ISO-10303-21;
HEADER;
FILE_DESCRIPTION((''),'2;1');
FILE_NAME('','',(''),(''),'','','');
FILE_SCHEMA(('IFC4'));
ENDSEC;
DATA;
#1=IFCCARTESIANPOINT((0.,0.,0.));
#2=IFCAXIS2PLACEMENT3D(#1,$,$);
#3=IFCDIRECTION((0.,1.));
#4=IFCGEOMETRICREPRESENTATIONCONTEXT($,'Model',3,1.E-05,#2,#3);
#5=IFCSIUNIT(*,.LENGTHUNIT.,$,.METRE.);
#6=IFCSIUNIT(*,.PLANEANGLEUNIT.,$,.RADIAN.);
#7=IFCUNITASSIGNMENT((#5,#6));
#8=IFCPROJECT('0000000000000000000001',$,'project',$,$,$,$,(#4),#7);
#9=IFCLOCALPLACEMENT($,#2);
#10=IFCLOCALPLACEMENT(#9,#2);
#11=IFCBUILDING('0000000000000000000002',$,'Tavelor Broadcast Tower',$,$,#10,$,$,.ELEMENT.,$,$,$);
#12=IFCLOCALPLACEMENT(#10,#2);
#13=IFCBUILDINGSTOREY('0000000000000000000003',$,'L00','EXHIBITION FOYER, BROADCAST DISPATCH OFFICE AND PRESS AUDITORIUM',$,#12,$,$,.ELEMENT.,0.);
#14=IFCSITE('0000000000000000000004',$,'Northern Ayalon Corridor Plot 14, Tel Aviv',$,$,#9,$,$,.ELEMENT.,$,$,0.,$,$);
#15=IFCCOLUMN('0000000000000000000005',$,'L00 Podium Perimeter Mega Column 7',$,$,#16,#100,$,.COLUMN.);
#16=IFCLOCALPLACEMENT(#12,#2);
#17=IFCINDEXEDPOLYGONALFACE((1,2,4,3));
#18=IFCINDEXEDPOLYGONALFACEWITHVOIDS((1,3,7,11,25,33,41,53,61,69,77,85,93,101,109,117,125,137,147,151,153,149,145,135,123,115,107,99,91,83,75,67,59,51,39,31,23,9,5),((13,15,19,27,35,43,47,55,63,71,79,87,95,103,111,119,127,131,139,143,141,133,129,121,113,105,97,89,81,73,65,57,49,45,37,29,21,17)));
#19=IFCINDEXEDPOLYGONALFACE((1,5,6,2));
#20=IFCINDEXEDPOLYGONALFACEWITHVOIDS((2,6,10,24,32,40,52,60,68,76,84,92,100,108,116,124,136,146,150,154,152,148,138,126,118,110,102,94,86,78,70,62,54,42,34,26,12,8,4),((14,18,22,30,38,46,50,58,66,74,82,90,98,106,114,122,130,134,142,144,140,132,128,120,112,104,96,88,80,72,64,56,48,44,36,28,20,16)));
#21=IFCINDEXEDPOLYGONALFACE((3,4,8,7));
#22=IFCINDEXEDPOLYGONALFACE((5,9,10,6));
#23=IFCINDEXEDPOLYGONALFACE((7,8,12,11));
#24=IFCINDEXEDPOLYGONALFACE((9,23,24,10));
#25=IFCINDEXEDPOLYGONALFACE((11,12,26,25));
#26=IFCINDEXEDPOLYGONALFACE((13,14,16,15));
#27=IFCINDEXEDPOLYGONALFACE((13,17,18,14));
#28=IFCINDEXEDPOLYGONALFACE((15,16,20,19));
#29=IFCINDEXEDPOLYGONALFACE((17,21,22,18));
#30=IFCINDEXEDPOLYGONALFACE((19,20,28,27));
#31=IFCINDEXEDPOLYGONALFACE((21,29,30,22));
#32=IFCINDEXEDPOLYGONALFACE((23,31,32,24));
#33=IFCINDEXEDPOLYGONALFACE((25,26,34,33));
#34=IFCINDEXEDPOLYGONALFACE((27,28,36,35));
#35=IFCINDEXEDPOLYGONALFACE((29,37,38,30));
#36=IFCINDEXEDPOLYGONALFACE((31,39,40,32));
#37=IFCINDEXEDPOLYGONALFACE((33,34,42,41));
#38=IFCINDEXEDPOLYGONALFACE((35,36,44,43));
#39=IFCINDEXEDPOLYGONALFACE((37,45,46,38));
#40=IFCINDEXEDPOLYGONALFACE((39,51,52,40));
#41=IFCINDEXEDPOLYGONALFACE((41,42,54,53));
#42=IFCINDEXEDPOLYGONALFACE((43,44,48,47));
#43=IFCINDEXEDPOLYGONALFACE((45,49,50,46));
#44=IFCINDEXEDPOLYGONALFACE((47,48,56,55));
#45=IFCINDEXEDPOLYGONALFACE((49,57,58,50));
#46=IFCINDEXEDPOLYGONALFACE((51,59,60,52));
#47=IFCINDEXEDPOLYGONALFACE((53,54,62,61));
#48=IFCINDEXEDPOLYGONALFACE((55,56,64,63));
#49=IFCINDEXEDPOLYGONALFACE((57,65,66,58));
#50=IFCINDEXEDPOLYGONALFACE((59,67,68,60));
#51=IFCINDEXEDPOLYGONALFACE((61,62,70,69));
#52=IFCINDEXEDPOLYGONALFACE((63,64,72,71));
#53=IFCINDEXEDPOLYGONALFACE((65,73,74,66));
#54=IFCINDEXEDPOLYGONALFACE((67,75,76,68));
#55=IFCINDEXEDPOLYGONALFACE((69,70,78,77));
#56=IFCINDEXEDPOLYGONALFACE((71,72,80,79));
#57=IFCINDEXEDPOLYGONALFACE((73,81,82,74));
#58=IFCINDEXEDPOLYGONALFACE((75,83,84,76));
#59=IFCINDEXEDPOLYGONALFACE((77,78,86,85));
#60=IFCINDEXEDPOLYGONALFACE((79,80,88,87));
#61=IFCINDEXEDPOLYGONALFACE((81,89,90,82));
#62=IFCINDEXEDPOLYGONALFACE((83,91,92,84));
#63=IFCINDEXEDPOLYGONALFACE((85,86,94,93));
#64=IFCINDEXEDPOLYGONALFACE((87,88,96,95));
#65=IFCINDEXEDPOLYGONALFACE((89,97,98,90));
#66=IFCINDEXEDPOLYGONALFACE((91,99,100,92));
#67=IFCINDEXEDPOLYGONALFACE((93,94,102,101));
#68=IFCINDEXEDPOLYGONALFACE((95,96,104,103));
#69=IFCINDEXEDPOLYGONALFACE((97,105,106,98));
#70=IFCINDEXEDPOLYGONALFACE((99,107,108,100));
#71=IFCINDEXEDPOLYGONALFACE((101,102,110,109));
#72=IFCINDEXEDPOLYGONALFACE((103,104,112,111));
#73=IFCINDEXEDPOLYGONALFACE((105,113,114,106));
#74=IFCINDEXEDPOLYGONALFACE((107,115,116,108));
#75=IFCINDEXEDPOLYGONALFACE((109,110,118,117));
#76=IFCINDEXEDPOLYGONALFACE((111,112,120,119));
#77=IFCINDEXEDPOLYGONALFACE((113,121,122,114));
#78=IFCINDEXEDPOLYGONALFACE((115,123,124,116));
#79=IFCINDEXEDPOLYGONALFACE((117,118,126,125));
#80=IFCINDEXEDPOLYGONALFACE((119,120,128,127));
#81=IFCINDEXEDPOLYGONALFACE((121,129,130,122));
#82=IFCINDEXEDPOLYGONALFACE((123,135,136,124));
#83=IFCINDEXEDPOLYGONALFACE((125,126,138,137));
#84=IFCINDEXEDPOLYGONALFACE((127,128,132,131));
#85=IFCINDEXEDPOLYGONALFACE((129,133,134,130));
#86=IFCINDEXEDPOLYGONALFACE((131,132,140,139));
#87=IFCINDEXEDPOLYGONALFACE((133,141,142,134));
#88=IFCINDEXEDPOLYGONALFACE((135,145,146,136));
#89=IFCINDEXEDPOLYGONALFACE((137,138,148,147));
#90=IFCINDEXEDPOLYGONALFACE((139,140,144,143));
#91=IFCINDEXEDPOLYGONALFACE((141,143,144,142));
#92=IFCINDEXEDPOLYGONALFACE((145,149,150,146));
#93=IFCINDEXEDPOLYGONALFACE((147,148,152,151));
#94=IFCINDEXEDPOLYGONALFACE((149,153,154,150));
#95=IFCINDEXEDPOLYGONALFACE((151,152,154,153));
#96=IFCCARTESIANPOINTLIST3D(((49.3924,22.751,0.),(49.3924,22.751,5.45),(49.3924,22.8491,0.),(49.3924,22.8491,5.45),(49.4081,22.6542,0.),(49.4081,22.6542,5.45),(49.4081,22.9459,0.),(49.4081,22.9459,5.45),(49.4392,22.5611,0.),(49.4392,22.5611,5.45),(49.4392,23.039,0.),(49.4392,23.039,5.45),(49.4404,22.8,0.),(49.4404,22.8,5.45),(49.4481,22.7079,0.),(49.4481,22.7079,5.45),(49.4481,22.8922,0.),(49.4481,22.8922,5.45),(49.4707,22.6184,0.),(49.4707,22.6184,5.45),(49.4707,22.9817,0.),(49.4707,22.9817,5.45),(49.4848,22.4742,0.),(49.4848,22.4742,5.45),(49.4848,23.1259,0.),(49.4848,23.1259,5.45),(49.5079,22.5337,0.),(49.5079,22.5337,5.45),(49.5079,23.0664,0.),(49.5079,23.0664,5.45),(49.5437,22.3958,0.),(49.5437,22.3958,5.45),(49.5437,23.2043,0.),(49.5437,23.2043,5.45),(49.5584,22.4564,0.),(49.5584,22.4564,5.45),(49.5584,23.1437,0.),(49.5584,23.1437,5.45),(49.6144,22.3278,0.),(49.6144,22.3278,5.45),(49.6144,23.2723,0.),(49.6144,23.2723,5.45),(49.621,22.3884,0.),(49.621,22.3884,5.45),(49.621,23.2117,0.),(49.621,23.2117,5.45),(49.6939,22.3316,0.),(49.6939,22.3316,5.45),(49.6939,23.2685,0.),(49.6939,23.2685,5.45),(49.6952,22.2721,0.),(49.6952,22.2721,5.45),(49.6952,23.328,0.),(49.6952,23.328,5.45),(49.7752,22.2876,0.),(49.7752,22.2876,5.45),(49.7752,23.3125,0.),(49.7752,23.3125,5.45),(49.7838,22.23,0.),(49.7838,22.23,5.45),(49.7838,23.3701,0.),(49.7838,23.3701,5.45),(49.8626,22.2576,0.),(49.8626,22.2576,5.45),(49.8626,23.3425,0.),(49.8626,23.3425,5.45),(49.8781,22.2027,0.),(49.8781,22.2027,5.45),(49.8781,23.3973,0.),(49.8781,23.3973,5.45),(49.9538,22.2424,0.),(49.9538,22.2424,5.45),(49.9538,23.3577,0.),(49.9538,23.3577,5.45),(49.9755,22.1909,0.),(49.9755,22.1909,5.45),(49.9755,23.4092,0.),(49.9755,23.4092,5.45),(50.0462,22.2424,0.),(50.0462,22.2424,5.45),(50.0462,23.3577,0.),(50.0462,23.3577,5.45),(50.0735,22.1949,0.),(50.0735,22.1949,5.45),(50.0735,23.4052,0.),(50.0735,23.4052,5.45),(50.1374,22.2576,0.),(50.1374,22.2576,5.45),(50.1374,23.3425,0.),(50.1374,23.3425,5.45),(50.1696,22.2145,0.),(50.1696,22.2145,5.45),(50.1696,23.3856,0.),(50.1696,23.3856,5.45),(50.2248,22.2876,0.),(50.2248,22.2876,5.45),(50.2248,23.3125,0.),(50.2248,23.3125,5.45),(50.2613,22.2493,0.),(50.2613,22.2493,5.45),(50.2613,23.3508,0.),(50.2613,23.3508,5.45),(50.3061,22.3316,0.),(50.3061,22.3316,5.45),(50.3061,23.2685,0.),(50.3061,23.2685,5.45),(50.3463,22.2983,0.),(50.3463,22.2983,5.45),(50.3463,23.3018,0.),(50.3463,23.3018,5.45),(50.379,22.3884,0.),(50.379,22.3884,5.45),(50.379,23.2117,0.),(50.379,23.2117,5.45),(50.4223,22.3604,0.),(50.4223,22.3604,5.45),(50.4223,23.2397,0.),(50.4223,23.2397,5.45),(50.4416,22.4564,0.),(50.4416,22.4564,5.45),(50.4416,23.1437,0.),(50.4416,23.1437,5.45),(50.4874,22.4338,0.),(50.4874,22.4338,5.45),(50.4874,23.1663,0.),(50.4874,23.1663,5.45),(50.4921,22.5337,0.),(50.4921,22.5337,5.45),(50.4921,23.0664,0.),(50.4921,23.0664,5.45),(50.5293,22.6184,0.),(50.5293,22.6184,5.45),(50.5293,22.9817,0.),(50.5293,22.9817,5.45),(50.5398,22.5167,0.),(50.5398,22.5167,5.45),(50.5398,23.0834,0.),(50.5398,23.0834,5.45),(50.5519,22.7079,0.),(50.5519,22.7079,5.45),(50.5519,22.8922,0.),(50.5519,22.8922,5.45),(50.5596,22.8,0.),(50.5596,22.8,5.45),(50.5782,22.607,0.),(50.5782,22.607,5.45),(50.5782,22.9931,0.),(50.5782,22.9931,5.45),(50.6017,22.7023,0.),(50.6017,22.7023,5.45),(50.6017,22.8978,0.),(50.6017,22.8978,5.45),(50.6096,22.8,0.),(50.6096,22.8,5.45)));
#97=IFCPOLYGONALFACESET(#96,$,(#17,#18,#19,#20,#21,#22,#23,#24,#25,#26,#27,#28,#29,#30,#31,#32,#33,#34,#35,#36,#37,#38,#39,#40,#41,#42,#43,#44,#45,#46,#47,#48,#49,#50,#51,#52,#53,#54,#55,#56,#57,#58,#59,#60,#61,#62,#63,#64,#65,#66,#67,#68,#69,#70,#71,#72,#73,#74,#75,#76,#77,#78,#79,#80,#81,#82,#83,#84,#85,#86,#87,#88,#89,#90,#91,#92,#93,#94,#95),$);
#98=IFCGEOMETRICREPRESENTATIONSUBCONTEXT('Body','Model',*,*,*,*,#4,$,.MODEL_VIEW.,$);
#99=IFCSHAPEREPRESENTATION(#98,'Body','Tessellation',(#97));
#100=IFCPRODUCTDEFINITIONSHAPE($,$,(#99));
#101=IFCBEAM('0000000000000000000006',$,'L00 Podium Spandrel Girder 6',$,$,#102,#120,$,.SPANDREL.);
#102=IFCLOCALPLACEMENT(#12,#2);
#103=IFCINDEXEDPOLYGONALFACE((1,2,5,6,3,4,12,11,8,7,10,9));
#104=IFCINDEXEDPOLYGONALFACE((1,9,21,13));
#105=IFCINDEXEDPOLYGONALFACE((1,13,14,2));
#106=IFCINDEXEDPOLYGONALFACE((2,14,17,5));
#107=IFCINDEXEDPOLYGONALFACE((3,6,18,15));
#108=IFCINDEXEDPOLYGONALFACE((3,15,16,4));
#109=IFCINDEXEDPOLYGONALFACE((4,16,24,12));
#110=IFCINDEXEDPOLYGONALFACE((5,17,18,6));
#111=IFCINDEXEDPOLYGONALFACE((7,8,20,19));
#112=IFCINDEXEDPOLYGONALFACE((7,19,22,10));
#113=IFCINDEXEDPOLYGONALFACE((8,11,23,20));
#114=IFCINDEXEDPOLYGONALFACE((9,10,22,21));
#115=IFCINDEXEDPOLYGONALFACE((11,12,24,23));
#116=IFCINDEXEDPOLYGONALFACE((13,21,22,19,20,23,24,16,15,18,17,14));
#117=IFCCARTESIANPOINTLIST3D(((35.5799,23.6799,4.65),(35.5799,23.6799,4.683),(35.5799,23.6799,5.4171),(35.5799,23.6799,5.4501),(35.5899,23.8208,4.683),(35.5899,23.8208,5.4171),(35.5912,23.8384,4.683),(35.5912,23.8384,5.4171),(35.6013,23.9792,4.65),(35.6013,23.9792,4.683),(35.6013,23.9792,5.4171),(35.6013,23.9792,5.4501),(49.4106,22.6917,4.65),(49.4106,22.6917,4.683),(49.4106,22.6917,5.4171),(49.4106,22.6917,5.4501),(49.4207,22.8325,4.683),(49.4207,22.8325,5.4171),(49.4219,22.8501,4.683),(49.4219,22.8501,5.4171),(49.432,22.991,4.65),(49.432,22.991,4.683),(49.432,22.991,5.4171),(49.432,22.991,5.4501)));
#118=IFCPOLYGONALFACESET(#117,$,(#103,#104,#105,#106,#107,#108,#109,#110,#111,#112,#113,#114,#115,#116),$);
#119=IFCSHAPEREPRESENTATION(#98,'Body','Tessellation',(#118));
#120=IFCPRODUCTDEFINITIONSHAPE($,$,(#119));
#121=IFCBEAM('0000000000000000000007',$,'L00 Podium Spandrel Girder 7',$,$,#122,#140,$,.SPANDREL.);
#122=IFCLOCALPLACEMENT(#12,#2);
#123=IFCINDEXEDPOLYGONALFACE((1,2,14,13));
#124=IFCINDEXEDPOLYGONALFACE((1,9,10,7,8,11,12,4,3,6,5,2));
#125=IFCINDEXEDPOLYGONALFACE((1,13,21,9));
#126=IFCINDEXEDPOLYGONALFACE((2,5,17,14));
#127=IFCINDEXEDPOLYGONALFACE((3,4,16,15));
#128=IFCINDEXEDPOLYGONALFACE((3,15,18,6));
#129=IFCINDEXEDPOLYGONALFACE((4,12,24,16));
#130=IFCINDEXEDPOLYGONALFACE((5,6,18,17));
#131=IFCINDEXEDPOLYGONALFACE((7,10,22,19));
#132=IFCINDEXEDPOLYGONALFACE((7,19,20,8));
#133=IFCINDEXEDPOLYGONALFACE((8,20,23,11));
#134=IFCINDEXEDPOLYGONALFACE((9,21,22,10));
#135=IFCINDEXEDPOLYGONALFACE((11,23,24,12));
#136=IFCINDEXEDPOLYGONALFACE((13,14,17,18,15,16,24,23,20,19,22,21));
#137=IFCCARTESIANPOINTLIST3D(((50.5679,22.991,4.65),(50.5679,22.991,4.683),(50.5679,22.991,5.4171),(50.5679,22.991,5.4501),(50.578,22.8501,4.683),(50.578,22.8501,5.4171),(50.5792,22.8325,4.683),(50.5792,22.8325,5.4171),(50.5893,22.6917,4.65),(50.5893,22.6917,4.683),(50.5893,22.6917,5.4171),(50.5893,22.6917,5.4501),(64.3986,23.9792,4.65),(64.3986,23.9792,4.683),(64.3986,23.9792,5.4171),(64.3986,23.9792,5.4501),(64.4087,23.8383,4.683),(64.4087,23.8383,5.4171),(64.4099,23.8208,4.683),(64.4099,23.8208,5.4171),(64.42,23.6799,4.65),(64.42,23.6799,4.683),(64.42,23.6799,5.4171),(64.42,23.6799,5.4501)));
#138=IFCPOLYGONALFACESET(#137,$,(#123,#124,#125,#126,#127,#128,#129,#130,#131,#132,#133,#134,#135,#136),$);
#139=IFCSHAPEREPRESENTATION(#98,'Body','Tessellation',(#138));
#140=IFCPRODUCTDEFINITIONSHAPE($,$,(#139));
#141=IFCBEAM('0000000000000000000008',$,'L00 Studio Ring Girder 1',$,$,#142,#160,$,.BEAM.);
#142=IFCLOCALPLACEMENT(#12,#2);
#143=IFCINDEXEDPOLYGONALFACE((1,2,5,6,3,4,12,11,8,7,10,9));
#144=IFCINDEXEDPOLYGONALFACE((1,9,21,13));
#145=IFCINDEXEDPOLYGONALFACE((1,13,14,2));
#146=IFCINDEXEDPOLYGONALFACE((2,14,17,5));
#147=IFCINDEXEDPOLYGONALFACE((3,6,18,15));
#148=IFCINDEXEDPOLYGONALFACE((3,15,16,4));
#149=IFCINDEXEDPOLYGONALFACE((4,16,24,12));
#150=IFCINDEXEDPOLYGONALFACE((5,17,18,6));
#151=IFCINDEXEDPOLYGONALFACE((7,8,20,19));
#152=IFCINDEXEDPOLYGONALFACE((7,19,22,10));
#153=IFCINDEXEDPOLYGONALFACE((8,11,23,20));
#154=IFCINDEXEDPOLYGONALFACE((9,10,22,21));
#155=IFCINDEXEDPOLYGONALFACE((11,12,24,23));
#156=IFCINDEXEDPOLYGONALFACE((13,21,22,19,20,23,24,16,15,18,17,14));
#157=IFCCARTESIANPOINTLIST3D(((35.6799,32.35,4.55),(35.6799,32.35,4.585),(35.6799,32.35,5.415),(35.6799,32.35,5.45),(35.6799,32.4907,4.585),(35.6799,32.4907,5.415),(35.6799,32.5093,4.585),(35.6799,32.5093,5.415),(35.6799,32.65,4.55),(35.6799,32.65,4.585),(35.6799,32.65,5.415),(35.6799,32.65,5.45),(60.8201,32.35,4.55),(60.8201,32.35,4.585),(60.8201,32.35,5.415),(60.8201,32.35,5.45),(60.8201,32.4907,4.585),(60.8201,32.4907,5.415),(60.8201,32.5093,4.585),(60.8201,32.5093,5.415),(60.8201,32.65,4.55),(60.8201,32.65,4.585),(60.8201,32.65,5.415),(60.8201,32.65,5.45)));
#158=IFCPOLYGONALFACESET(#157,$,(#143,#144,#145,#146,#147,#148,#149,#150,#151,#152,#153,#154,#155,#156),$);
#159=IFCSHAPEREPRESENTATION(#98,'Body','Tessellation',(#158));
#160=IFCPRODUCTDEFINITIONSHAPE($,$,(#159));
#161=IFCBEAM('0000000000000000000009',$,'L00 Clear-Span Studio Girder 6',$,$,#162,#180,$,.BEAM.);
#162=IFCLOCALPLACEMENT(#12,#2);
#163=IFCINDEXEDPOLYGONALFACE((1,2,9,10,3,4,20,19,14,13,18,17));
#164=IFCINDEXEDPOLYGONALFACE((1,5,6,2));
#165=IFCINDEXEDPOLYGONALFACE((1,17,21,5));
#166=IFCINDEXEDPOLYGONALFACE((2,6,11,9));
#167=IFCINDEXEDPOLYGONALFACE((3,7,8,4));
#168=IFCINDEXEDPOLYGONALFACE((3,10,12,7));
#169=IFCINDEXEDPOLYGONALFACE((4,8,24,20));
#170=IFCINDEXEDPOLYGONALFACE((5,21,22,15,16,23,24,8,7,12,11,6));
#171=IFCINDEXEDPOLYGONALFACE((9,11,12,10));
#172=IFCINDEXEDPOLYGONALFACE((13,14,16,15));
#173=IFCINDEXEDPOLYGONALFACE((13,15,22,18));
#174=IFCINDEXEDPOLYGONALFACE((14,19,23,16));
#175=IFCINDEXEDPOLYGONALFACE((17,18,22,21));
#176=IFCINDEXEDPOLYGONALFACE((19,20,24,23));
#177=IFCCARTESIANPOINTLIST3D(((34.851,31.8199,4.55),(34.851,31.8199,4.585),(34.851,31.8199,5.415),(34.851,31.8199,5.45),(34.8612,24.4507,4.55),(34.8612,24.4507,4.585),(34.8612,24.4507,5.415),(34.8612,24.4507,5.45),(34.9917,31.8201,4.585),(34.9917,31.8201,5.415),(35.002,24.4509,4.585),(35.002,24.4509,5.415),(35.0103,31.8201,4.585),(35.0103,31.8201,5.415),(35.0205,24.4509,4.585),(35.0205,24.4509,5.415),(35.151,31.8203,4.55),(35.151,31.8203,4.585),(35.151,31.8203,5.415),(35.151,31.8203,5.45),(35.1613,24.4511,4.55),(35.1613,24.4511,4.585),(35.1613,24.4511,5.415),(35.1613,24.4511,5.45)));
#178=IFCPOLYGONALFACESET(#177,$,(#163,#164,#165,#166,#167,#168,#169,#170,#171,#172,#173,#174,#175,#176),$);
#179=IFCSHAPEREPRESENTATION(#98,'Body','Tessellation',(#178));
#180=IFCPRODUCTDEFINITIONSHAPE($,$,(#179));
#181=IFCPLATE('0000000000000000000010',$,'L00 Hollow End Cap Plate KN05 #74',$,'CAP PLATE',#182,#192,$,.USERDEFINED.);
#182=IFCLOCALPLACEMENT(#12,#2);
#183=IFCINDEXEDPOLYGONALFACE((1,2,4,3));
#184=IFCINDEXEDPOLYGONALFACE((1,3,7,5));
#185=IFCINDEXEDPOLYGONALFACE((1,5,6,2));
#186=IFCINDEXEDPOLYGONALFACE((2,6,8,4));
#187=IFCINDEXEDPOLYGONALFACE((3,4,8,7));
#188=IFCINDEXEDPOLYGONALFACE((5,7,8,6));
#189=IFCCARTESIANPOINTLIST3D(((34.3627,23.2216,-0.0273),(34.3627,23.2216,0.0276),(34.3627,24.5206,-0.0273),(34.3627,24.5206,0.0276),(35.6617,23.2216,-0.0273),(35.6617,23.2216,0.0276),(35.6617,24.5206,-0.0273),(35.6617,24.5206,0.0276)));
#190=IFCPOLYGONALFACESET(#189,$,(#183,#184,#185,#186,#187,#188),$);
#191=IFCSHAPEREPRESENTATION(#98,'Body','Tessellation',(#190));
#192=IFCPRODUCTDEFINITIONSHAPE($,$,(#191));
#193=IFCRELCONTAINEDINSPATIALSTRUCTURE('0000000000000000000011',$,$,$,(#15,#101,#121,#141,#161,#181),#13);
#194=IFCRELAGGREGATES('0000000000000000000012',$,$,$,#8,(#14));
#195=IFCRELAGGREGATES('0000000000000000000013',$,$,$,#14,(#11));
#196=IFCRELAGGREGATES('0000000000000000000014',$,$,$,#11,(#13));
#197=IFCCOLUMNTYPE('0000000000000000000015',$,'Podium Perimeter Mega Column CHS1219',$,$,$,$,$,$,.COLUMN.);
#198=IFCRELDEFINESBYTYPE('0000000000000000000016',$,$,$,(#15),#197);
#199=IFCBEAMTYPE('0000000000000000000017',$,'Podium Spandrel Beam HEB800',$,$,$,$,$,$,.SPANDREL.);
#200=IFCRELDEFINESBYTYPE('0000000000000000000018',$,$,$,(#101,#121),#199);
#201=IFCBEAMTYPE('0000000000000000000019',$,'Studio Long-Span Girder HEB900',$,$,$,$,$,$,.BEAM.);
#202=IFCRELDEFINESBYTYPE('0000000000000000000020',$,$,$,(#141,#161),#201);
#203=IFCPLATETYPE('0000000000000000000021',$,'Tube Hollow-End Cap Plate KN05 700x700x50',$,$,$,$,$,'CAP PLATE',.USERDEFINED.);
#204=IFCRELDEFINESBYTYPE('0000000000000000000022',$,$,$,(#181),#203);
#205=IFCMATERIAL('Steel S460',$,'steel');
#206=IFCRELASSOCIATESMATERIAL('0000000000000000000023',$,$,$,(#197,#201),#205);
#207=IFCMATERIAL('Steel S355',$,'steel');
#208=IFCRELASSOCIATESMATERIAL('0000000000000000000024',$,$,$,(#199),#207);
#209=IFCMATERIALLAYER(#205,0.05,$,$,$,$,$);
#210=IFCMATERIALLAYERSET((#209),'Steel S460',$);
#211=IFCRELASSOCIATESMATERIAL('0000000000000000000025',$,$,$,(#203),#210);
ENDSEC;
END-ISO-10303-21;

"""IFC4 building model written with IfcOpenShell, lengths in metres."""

from ifc_helpers import new_model, si_unit, direction, frame, origin, origin_2d, place, context, subcontext, project, spatial, rectangle, hollow_circle, i_section, extrude, source, transform, mapped, material, layer, layer_set, material_profile, profile_set, type_object, element, save


model = new_model("IFC4")

# Units and contexts
model_context = context("Model", 3, precision=1e-05, world=origin(), true_north=direction((0.0, 1.0)))
body_context = subcontext(model_context, "Body", "Model", "MODEL_VIEW")
ifc_project = project(units=[si_unit("LENGTHUNIT", "METRE"), si_unit("PLANEANGLEUNIT", "RADIAN")], contexts=[model_context])

# Site, building, storey
site_placement = place(None, origin())
site = spatial("IfcSite", under=ifc_project, at=site_placement, Name="Northern Ayalon Corridor Plot 14, Tel Aviv", CompositionType="ELEMENT", RefElevation=0.0)
building_placement = place(site_placement, origin())
building = spatial("IfcBuilding", under=site, at=building_placement, Name="Tavelor Broadcast Tower", CompositionType="ELEMENT")
storey_placement = place(building_placement, origin())
storey = spatial("IfcBuildingStorey", under=building, at=storey_placement, Name="L00", Description="EXHIBITION FOYER, BROADCAST DISPATCH OFFICE AND PRESS AUDITORIUM", CompositionType="ELEMENT", Elevation=0.0)

# Column
ifc_material_1 = material(Name="Steel S355", Category="steel")
ifc_material_2 = material(Name="Steel S460", Category="steel")
ifc_material_profile_1 = material_profile(ifc_material_2, hollow_circle(Radius=0.6096, WallThickness=0.05, at=origin_2d()), Name="CHS 1219x50")
ifc_profile_set_1 = profile_set([ifc_material_profile_1], Name="Steel S460")
column_type_1 = type_object("IfcColumnType", Name="Podium Perimeter Mega Column CHS1219", PredefinedType="COLUMN", material=ifc_profile_set_1)
for number, where, z_axis, x_axis, name in (
    (1, (50.0, 22.8, 0.0), (0.0, 0.0, 1.0), (1.0, 0.0, 0.0), "L00 Podium Perimeter Mega Column 7"),
):
    element("IfcColumn", number, at=place(storey_placement, frame(where, z_axis=z_axis, x_axis=x_axis)), inside=storey, type_object=column_type_1, Name=name, PredefinedType="COLUMN", context=body_context, shape_type="SweptSolid", body=[
        extrude(hollow_circle(Radius=0.6096, WallThickness=0.05, at=origin_2d()), origin(), (0.0, 0.0, 1.0), 5.45),
    ])

# Beams
ifc_material_profile_2 = material_profile(ifc_material_1, i_section(OverallWidth=0.3, OverallDepth=0.8, WebThickness=0.0176, FlangeThickness=0.033, at=origin_2d()), Name="HEB 800")
ifc_profile_set_2 = profile_set([ifc_material_profile_2], Name="Steel S355")
beam_type_1 = type_object("IfcBeamType", Name="Podium Spandrel Beam HEB800", PredefinedType="SPANDREL", material=ifc_profile_set_2)
for number, where, z_axis, x_axis, name in (
    (2, (35.5906, 23.8296, 5.05), (0.997457, -0.071273, 0.0), (0.071273, 0.997457, 0.0), "L00 Podium Spandrel Girder 6"),
    (3, (50.5786, 22.8413, 5.05), (0.997457, 0.071273, 0.0), (-0.071273, 0.997457, 0.0), "L00 Podium Spandrel Girder 7"),
):
    element("IfcBeam", number, at=place(storey_placement, frame(where, z_axis=z_axis, x_axis=x_axis)), inside=storey, type_object=beam_type_1, Name=name, PredefinedType="SPANDREL", context=body_context, shape_type="SweptSolid", body=[
        extrude(i_section(OverallWidth=0.3, OverallDepth=0.8, WebThickness=0.0176, FlangeThickness=0.033, at=origin_2d()), origin(), (0.0, 0.0, 1.0), 13.866),
    ])
ifc_material_profile_3 = material_profile(ifc_material_2, i_section(OverallWidth=0.3, OverallDepth=0.8999, WebThickness=0.0186, FlangeThickness=0.0349, at=origin_2d()), Name="HEB 900")
ifc_profile_set_3 = profile_set([ifc_material_profile_3], Name="Steel S460")
beam_type_2 = type_object("IfcBeamType", Name="Studio Long-Span Girder HEB900", PredefinedType="BEAM", material=ifc_profile_set_3)
beam_1_placement = place(storey_placement, frame((35.6799, 32.5, 5.0), z_axis=(1.0, 0.0, 0.0), x_axis=(0.0, 1.0, 0.0)))
element("IfcBeam", 4, at=beam_1_placement, inside=storey, type_object=beam_type_2, Name="L00 Studio Ring Girder 1", PredefinedType="BEAM", context=body_context, shape_type="SweptSolid", body=[
    extrude(i_section(OverallWidth=0.3, OverallDepth=0.8999, WebThickness=0.0186, FlangeThickness=0.0349, at=origin_2d()), origin(), (0.0, 0.0, 1.0), 25.1401),
])
beam_2_placement = place(storey_placement, frame((35.001, 31.8201, 5.0), z_axis=(0.001391, -0.999999, 0.0), x_axis=(0.999999, 0.001391, 0.0)))
element("IfcBeam", 5, at=beam_2_placement, inside=storey, type_object=beam_type_2, Name="L00 Clear-Span Studio Girder 6", PredefinedType="BEAM", context=body_context, shape_type="SweptSolid", body=[
    extrude(i_section(OverallWidth=0.3, OverallDepth=0.8999, WebThickness=0.0186, FlangeThickness=0.0349, at=origin_2d()), origin(), (0.0, 0.0, 1.0), 7.3691),
])

# Plate
ifc_layer_1 = layer(ifc_material_2, 0.05)
ifc_layer_set_1 = layer_set([ifc_layer_1], Name="Steel S460")
plate_type_1 = type_object("IfcPlateType", Name="Tube Hollow-End Cap Plate KN05 700x700x50", ElementType="CAP PLATE", PredefinedType="USERDEFINED", material=ifc_layer_set_1)
shared_shape_1 = source(origin(), body_context, "Body", "SweptSolid", [
    extrude(rectangle(XDim=1.2991, YDim=1.2991, at=origin_2d()), origin(), (0.0, 0.0, 1.0), 0.0549),
])
for number, where, z_axis, x_axis, name in (
    (6, (35.0122, 23.8711, -0.0273), (0.0, 0.0, 1.0), (1.0, 0.0, 0.0), "L00 Hollow End Cap Plate KN05 #74"),
):
    element("IfcPlate", number, at=place(storey_placement, frame(where, z_axis=z_axis, x_axis=x_axis)), inside=storey, type_object=plate_type_1, Name=name, ObjectType="CAP PLATE", PredefinedType="USERDEFINED", context=body_context, shape_type="MappedRepresentation", body=[
        mapped(shared_shape_1, transform((0.0, 0.0, 0.0), scale=1.0)),
    ])

save(model, "model.ifc")
